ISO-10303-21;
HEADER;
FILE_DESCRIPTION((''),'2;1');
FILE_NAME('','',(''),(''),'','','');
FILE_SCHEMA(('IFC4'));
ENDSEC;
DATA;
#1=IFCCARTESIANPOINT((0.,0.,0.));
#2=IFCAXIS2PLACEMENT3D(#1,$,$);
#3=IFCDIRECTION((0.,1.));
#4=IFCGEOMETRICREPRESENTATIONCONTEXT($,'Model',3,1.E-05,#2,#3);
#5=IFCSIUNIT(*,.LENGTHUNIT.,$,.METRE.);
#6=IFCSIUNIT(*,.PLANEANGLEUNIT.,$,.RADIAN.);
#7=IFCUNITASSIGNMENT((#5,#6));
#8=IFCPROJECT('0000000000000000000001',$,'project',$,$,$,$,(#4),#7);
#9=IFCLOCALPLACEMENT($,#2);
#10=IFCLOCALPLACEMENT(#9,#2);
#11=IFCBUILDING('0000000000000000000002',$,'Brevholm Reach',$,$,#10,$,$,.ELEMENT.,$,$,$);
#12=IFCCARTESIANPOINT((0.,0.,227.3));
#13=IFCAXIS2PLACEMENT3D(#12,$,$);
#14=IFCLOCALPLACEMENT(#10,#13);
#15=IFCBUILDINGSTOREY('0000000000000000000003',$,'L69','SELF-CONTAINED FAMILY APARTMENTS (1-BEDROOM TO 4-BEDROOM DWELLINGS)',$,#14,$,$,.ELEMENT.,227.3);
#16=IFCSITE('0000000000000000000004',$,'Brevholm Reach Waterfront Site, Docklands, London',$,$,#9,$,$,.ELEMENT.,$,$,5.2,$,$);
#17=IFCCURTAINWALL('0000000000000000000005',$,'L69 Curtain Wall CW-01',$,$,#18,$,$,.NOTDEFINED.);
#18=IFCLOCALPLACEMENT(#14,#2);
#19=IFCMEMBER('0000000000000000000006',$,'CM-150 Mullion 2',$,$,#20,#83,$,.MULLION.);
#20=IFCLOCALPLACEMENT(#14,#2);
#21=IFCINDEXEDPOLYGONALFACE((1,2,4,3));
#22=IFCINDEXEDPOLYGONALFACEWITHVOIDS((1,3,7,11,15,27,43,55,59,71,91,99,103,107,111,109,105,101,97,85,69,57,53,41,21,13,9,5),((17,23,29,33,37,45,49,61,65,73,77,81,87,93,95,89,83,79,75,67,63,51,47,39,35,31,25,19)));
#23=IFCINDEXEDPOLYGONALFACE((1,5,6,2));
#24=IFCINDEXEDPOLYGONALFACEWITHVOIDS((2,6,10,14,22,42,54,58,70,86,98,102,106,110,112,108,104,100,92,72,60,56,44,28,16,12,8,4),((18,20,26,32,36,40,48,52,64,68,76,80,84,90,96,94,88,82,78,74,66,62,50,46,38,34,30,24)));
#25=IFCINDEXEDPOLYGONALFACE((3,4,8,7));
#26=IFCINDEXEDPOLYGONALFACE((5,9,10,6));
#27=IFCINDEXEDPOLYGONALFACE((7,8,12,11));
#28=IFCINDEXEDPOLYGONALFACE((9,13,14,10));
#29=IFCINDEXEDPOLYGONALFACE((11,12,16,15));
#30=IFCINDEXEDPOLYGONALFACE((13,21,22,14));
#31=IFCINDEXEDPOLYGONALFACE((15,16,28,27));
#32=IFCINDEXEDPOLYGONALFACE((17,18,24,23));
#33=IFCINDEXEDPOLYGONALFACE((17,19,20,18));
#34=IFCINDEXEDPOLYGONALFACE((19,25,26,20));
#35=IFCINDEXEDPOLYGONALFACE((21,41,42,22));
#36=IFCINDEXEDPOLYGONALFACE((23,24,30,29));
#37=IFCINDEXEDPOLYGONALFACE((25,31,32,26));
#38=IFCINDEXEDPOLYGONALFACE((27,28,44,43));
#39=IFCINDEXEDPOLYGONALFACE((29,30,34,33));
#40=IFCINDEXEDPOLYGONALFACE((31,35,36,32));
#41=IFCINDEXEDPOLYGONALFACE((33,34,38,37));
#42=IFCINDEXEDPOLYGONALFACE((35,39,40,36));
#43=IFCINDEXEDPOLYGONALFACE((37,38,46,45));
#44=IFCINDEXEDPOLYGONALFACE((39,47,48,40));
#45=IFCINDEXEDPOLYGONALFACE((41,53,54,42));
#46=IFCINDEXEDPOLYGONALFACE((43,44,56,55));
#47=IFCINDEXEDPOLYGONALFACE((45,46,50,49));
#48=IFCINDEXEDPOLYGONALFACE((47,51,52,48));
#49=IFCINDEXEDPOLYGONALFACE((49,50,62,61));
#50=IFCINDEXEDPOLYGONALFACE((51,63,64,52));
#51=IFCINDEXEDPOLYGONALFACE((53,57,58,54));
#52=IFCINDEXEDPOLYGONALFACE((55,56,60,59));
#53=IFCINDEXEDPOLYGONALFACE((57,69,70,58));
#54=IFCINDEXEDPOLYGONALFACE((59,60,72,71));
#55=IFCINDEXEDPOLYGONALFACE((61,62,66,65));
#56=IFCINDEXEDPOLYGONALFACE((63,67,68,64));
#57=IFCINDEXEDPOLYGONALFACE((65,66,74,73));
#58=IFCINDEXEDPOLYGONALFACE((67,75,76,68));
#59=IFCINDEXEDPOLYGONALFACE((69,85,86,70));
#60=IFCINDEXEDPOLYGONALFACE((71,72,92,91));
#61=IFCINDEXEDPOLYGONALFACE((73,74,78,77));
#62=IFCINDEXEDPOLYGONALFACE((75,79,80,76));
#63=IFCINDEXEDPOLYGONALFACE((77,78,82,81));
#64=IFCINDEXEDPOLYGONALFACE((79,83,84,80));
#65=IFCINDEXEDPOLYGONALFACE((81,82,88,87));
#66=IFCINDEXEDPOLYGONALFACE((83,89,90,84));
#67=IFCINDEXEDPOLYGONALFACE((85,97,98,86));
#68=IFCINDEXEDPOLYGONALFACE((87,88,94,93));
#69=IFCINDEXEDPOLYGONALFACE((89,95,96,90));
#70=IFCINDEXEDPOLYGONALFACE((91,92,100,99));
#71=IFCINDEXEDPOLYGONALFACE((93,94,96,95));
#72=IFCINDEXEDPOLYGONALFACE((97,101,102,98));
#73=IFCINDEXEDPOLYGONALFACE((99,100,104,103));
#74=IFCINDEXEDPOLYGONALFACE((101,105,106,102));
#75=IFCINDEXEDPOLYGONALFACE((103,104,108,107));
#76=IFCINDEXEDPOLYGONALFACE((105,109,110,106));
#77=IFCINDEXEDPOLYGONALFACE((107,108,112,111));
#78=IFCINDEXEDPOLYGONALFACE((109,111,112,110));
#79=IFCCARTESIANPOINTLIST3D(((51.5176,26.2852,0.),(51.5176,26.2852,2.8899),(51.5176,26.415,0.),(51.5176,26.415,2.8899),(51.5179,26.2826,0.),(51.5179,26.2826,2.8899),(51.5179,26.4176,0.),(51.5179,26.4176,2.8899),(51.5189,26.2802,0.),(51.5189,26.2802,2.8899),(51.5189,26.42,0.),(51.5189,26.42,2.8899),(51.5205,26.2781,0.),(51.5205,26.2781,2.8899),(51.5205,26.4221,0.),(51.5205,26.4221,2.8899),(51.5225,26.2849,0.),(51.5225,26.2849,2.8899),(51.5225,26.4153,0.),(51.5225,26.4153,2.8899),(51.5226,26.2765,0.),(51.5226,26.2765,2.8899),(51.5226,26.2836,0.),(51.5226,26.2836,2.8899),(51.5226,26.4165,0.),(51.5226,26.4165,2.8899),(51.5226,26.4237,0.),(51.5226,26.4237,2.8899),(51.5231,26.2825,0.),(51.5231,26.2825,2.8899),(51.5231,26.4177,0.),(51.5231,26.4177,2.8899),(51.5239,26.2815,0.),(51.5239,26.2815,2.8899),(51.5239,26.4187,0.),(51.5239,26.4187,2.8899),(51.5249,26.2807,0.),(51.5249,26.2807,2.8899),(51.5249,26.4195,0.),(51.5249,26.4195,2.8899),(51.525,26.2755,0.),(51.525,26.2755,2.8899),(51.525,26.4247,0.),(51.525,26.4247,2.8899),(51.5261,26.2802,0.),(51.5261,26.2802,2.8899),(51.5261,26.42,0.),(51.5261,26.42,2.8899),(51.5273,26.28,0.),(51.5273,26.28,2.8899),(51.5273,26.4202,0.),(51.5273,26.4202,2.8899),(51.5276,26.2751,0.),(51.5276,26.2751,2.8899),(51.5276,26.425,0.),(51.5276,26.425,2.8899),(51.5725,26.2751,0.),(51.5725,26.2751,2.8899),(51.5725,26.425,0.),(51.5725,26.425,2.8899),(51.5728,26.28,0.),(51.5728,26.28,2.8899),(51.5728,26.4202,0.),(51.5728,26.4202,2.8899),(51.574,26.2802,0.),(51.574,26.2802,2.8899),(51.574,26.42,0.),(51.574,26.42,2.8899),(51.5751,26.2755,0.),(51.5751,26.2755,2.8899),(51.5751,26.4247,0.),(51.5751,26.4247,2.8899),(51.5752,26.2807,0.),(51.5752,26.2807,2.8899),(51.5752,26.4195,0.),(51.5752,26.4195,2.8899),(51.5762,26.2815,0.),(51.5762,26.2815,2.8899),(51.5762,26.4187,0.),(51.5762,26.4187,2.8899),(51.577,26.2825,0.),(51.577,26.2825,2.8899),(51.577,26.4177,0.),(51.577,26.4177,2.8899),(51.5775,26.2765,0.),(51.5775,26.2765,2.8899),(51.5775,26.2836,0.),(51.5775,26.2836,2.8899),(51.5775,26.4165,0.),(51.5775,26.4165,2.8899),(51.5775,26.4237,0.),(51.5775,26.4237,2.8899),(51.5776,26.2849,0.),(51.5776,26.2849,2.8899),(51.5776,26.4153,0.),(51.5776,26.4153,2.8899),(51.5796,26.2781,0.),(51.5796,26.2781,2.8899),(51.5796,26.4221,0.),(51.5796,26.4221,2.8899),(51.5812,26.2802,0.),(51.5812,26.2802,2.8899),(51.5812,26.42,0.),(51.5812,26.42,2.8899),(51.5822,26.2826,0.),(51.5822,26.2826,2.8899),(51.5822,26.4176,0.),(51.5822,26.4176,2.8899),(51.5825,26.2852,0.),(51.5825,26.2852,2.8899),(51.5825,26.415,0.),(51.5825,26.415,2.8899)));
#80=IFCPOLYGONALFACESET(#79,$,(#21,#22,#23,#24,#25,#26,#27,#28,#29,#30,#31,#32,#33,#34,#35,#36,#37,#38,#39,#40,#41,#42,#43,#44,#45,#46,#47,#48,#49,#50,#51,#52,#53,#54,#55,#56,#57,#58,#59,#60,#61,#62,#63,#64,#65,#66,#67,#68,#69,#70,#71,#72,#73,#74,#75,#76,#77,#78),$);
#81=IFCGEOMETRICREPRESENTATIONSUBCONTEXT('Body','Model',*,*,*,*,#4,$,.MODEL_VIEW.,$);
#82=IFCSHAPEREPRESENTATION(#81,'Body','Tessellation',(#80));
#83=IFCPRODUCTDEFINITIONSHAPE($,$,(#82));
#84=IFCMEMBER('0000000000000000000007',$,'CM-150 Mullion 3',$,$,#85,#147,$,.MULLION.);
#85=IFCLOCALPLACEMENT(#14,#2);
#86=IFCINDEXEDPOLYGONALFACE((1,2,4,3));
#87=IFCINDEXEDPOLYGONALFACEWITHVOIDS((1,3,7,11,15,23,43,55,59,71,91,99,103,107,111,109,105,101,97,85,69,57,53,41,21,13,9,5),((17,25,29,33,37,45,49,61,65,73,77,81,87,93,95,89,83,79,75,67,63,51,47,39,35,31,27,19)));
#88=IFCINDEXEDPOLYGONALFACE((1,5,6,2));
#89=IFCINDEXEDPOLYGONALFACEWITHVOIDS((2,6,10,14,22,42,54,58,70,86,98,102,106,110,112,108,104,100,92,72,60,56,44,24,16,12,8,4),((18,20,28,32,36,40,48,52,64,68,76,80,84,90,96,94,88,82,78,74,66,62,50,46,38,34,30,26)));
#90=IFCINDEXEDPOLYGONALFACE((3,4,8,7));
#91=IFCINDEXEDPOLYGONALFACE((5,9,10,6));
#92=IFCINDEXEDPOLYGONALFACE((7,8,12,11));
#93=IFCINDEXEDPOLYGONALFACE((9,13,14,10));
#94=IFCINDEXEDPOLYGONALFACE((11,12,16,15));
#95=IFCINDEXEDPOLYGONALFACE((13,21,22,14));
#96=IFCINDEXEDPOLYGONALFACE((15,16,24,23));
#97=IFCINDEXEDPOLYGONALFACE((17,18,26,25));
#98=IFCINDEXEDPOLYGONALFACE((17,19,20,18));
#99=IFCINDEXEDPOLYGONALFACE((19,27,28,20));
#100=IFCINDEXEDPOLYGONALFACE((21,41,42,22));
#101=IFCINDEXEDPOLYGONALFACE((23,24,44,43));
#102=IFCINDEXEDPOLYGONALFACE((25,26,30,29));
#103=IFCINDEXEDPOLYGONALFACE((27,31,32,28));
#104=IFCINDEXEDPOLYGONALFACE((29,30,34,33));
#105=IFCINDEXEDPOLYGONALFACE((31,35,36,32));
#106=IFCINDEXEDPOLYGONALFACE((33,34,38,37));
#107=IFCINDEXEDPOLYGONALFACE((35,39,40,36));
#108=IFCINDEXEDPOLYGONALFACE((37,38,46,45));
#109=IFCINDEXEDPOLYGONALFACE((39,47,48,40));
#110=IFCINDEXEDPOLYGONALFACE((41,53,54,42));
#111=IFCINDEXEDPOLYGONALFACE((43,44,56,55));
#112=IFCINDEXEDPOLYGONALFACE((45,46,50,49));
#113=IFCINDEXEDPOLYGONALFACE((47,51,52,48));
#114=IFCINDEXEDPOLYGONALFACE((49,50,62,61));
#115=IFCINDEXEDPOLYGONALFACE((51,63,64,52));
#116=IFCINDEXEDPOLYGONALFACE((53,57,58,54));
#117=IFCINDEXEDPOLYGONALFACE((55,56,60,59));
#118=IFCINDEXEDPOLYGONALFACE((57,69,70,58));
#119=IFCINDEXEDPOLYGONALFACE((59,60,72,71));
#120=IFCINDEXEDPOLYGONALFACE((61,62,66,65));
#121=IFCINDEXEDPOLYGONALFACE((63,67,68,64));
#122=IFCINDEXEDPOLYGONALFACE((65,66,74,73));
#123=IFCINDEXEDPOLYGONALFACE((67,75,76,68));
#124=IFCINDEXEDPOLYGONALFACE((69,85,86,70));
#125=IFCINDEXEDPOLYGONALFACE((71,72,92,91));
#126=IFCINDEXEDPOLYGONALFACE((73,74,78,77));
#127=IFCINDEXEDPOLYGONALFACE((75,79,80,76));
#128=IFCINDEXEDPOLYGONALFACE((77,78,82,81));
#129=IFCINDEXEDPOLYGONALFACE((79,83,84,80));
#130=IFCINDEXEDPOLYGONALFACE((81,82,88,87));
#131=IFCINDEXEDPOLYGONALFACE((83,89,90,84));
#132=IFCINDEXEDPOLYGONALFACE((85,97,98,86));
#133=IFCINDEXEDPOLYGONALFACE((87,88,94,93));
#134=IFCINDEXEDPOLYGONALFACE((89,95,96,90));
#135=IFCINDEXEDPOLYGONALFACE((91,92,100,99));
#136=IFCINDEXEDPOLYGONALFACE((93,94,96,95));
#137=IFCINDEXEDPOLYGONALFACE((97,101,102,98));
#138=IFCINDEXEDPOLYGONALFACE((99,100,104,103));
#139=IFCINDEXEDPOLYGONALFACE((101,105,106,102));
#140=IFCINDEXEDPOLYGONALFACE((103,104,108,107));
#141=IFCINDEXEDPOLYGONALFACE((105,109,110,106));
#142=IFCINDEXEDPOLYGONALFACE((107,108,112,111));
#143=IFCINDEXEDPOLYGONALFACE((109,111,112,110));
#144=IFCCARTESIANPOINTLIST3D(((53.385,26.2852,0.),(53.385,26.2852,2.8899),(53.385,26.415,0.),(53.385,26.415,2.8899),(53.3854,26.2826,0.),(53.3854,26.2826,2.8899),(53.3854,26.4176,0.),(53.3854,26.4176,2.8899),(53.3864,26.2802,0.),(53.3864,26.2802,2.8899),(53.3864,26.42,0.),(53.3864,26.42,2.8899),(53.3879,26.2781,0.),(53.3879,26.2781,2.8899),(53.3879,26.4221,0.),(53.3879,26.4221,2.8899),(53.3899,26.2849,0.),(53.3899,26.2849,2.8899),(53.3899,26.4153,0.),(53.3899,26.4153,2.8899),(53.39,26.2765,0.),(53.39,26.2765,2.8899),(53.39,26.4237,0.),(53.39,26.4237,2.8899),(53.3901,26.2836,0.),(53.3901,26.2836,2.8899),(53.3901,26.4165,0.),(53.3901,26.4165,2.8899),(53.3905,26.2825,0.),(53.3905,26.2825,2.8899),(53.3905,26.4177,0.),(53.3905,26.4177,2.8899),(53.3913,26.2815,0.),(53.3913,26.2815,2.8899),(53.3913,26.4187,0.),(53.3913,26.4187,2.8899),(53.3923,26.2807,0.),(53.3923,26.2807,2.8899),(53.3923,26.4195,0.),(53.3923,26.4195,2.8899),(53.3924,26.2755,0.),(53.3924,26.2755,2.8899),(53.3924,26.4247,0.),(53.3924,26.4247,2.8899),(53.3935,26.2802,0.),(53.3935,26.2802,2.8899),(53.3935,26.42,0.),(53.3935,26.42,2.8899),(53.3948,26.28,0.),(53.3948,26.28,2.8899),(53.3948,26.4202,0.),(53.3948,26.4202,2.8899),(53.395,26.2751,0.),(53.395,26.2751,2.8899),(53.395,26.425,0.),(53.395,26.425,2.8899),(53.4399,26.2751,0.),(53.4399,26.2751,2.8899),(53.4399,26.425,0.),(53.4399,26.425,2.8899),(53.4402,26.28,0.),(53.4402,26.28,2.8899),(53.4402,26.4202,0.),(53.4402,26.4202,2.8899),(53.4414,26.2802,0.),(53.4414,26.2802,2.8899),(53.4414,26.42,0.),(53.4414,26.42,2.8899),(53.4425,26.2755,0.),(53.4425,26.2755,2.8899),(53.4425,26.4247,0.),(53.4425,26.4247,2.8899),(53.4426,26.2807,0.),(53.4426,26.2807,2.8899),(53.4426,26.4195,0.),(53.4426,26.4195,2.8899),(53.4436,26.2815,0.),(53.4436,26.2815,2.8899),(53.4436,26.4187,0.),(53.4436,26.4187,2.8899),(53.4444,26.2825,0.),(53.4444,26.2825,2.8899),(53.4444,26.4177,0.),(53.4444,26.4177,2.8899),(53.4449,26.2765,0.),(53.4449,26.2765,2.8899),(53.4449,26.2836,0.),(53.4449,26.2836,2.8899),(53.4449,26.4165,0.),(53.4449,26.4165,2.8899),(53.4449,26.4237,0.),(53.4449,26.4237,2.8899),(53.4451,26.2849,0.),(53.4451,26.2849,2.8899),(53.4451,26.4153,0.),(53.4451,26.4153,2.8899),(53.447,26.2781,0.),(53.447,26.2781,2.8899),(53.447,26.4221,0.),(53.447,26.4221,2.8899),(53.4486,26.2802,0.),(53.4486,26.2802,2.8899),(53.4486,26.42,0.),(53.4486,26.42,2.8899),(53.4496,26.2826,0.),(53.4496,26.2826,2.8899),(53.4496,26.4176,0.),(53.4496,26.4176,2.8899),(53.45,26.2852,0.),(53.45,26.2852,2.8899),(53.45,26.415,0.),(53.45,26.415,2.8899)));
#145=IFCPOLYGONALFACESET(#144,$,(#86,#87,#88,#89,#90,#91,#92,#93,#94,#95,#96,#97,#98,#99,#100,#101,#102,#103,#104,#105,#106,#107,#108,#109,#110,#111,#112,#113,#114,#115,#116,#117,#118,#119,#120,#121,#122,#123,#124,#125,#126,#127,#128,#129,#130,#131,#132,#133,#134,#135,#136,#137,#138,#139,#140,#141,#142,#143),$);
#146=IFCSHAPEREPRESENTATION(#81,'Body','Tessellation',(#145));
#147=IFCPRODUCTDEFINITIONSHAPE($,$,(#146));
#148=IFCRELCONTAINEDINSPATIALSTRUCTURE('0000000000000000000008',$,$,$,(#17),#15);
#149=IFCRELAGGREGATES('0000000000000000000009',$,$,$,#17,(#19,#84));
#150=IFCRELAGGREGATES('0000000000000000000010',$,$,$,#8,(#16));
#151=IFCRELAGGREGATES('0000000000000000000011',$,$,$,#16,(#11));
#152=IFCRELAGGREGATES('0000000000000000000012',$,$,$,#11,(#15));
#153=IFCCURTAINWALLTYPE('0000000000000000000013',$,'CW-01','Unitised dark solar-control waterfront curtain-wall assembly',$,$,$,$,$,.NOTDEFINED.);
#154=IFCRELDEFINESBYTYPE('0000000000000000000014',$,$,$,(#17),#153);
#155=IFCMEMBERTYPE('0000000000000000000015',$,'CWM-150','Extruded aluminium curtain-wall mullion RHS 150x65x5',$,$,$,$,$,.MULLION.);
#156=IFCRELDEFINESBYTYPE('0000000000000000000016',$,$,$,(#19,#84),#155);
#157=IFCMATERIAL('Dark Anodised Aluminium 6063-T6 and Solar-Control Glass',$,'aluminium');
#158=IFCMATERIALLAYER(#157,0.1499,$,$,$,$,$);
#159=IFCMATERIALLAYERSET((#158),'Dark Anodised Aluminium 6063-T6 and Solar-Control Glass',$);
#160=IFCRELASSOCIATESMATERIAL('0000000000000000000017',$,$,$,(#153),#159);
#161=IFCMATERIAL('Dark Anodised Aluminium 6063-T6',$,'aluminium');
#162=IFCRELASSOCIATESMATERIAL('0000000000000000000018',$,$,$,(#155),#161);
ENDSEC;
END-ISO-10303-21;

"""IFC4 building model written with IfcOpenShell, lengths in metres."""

from ifc_helpers import new_model, si_unit, direction, frame, origin, origin_2d, place, context, subcontext, project, spatial, hollow_rectangle, extrude, material, layer, layer_set, material_profile, profile_set, type_object, element, aggregate, save


model = new_model("IFC4")

# Units and contexts
model_context = context("Model", 3, precision=1e-05, world=origin(), true_north=direction((0.0, 1.0)))
body_context = subcontext(model_context, "Body", "Model", "MODEL_VIEW")
ifc_project = project(units=[si_unit("LENGTHUNIT", "METRE"), si_unit("PLANEANGLEUNIT", "RADIAN")], contexts=[model_context])

# Site, building, storey
site_placement = place(None, origin())
site = spatial("IfcSite", under=ifc_project, at=site_placement, Name="Brevholm Reach Waterfront Site, Docklands, London", CompositionType="ELEMENT", RefElevation=5.2)
building_placement = place(site_placement, origin())
building = spatial("IfcBuilding", under=site, at=building_placement, Name="Brevholm Reach", CompositionType="ELEMENT")
storey_placement = place(building_placement, frame((0.0, 0.0, 227.3)))
storey = spatial("IfcBuildingStorey", under=building, at=storey_placement, Name="L69", Description="SELF-CONTAINED FAMILY APARTMENTS (1-BEDROOM TO 4-BEDROOM DWELLINGS)", CompositionType="ELEMENT", Elevation=227.3)

# Curtain wall, members
ifc_material_1 = material(Name="Dark Anodised Aluminium 6063-T6 and Solar-Control Glass", Category="aluminium")
ifc_layer_1 = layer(ifc_material_1, 0.1499)
ifc_layer_set_1 = layer_set([ifc_layer_1], Name="Dark Anodised Aluminium 6063-T6 and Solar-Control Glass")
curtain_wall_type = type_object("IfcCurtainWallType", Name="CW-01", Description="Unitised dark solar-control waterfront curtain-wall assembly", PredefinedType="NOTDEFINED", material=ifc_layer_set_1)
curtain_wall_placement = place(storey_placement, origin())
curtain_wall = element("IfcCurtainWall", 1, at=curtain_wall_placement, inside=storey, type_object=curtain_wall_type, Name="L69 Curtain Wall CW-01", PredefinedType="NOTDEFINED")
ifc_material_2 = material(Name="Dark Anodised Aluminium 6063-T6", Category="aluminium")
ifc_material_profile_1 = material_profile(ifc_material_2, hollow_rectangle(XDim=0.0649, YDim=0.1499, WallThickness=0.0049, InnerFilletRadius=0.0049, OuterFilletRadius=0.01, at=origin_2d()), Name="RHS 150x65x5")
ifc_profile_set_1 = profile_set([ifc_material_profile_1], Name="Dark Anodised Aluminium 6063-T6")
member_type_1 = type_object("IfcMemberType", Name="CWM-150", Description="Extruded aluminium curtain-wall mullion RHS 150x65x5", PredefinedType="MULLION", material=ifc_profile_set_1)
member_1_placement = place(storey_placement, frame((51.55, 26.3501, 0.0), z_axis=(0.0, 0.0, 1.0), x_axis=(1.0, 0.0, 0.0)))
member_1 = element("IfcMember", 2, at=member_1_placement, type_object=member_type_1, Name="CM-150 Mullion 2", PredefinedType="MULLION", context=body_context, shape_type="SweptSolid", body=[
    extrude(hollow_rectangle(XDim=0.0649, YDim=0.1499, WallThickness=0.0049, InnerFilletRadius=0.0049, OuterFilletRadius=0.01, at=origin_2d()), origin(), (0.0, 0.0, 1.0), 2.8899),
])
member_2_placement = place(storey_placement, frame((53.4175, 26.3501, 0.0), z_axis=(0.0, 0.0, 1.0), x_axis=(1.0, 0.0, 0.0)))
member_2 = element("IfcMember", 3, at=member_2_placement, type_object=member_type_1, Name="CM-150 Mullion 3", PredefinedType="MULLION", context=body_context, shape_type="SweptSolid", body=[
    extrude(hollow_rectangle(XDim=0.0649, YDim=0.1499, WallThickness=0.0049, InnerFilletRadius=0.0049, OuterFilletRadius=0.01, at=origin_2d()), origin(), (0.0, 0.0, 1.0), 2.8899),
])
aggregate(curtain_wall, [member_1, member_2])

save(model, "model.ifc")
